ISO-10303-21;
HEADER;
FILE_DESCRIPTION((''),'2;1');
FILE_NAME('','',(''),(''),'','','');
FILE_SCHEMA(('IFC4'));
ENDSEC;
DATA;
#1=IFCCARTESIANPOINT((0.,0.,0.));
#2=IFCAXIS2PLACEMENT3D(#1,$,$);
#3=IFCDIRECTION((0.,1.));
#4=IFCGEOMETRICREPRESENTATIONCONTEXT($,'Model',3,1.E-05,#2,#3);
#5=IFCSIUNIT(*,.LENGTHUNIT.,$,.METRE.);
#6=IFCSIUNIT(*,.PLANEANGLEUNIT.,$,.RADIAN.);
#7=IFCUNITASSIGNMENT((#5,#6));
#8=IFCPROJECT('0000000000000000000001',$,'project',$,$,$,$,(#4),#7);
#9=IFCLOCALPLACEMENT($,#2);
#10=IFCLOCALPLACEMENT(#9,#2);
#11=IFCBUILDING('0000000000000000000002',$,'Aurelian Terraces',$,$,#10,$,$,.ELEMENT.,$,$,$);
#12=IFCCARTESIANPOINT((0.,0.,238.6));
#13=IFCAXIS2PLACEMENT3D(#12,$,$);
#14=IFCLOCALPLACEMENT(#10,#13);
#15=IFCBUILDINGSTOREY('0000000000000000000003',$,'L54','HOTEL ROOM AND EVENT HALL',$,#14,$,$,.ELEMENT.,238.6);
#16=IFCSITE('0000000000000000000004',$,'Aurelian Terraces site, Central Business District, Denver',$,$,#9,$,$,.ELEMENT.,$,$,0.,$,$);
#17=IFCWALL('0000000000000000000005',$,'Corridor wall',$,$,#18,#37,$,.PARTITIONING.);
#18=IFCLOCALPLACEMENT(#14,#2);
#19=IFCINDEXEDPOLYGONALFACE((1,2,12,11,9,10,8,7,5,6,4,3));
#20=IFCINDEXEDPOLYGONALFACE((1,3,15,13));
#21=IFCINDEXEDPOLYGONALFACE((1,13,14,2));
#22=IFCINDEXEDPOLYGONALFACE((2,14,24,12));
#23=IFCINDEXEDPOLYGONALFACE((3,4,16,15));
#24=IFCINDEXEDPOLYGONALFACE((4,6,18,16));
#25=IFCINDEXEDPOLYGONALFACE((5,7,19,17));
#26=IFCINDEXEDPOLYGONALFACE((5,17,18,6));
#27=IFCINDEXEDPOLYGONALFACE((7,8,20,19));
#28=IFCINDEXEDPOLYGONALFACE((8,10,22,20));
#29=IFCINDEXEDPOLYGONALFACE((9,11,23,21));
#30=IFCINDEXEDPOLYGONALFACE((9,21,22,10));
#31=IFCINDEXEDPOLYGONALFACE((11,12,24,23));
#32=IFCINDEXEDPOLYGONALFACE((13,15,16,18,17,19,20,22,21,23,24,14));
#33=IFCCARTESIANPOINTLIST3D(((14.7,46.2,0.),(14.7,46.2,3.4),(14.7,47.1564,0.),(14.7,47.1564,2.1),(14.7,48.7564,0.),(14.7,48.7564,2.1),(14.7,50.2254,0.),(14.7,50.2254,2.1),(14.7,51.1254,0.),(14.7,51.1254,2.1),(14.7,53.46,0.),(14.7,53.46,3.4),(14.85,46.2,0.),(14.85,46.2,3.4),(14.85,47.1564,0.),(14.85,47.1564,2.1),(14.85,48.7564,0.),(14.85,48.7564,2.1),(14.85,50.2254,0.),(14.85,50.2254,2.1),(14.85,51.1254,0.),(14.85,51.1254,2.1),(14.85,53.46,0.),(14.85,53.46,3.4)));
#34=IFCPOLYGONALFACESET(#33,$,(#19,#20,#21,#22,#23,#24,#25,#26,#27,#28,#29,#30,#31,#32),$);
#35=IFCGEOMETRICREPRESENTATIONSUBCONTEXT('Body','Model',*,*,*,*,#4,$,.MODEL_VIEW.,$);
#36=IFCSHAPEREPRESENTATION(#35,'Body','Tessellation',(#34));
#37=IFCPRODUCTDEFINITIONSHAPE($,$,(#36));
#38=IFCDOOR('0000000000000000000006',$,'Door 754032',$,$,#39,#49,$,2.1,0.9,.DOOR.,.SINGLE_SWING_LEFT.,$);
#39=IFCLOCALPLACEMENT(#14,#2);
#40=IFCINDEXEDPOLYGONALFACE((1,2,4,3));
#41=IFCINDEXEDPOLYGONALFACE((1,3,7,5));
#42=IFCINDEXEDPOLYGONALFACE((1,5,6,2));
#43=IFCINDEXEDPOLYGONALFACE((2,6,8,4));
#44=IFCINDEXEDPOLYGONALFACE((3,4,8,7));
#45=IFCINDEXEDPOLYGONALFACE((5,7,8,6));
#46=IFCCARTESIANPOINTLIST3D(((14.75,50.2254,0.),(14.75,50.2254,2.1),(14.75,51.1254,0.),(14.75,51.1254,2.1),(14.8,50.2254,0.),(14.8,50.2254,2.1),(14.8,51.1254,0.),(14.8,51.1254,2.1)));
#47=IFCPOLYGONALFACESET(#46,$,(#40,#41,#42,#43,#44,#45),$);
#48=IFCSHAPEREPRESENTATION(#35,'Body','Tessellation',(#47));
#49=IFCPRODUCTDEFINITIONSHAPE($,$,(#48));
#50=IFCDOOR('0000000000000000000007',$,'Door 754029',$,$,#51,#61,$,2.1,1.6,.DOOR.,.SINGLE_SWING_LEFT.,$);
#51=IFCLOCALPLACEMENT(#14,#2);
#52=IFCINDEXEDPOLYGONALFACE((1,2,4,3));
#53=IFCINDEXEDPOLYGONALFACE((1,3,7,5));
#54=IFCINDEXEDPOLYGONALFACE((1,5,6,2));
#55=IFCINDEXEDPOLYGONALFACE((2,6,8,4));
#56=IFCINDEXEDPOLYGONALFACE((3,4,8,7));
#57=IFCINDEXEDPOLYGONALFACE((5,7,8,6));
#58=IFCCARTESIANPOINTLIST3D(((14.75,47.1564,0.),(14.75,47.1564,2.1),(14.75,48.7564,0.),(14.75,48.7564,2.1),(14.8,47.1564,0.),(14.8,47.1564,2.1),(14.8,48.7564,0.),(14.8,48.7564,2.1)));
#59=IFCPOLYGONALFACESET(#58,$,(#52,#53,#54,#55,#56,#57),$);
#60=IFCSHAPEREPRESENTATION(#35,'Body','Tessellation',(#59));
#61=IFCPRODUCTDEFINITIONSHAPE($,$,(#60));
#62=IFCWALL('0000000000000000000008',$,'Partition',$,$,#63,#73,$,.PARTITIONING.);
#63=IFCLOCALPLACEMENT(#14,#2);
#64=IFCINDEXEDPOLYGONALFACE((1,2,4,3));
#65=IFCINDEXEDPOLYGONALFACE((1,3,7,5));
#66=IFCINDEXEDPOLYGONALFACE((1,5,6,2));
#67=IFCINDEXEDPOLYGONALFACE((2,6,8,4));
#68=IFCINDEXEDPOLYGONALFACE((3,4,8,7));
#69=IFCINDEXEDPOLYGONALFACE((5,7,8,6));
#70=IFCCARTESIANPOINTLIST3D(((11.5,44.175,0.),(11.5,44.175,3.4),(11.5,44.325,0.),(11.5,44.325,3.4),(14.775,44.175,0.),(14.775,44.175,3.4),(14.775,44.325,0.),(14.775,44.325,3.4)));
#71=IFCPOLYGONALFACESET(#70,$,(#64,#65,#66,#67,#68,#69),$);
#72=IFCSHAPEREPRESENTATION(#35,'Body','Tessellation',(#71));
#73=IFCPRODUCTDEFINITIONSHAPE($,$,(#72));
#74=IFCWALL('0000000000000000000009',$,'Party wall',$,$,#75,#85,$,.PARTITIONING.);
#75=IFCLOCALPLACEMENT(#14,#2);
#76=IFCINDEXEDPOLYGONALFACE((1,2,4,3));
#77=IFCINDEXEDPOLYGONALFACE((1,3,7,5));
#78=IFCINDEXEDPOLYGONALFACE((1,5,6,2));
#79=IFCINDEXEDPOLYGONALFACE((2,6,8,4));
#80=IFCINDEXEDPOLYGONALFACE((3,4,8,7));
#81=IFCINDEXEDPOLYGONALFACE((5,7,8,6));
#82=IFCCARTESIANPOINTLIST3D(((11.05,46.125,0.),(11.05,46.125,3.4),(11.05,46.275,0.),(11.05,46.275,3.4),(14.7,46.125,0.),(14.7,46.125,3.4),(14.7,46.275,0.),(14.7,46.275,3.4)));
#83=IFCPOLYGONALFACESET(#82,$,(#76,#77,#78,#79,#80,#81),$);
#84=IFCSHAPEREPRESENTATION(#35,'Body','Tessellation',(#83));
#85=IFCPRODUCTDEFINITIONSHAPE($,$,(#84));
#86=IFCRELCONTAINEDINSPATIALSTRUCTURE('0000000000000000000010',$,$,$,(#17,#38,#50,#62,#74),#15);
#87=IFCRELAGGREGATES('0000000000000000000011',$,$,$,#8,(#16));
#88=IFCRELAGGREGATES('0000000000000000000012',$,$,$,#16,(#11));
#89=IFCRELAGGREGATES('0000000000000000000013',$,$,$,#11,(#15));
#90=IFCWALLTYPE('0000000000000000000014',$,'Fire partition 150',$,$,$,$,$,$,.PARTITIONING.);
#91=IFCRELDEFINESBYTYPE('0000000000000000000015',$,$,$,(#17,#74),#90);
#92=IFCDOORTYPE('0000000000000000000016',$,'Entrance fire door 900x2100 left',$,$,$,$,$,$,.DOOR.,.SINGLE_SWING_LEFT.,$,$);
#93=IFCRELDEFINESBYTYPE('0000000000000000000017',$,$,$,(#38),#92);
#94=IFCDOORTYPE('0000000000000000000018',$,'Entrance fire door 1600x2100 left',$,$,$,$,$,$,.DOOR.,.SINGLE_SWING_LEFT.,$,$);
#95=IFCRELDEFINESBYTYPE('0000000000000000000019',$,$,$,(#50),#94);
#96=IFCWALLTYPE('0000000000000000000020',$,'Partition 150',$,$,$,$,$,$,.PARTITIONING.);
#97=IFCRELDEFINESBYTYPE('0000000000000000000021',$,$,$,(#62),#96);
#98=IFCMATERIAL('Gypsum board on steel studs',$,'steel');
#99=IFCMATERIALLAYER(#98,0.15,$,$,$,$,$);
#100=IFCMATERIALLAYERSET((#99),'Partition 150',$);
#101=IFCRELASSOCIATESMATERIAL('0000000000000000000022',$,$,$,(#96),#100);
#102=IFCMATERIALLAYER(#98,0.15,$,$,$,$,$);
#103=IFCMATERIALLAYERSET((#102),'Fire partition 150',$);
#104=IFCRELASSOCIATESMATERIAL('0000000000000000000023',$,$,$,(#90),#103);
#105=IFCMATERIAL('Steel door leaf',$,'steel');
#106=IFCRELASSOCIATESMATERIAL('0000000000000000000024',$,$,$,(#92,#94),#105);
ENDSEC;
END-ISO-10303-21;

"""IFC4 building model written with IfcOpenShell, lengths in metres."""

from ifc_helpers import new_model, si_unit, direction, frame, frame_2d, origin, place, context, subcontext, project, spatial, rectangle, extrude, source, transform, mapped, material, layer, layer_set, type_object, element, fill, save


model = new_model("IFC4")

# Units and contexts
model_context = context("Model", 3, precision=1e-05, world=origin(), true_north=direction((0.0, 1.0)))
body_context = subcontext(model_context, "Body", "Model", "MODEL_VIEW")
ifc_project = project(units=[si_unit("LENGTHUNIT", "METRE"), si_unit("PLANEANGLEUNIT", "RADIAN")], contexts=[model_context])

# Site, building, storey
site_placement = place(None, origin())
site = spatial("IfcSite", under=ifc_project, at=site_placement, Name="Aurelian Terraces site, Central Business District, Denver", CompositionType="ELEMENT", RefElevation=0.0)
building_placement = place(site_placement, origin())
building = spatial("IfcBuilding", under=site, at=building_placement, Name="Aurelian Terraces", CompositionType="ELEMENT")
storey_placement = place(building_placement, frame((0.0, 0.0, 238.6)))
storey = spatial("IfcBuildingStorey", under=building, at=storey_placement, Name="L54", Description="HOTEL ROOM AND EVENT HALL", CompositionType="ELEMENT", Elevation=238.6)

# Shared definitions
ifc_material_1 = material(Name="Gypsum board on steel studs", Category="steel")
ifc_layer_1 = layer(ifc_material_1, 0.15)
ifc_layer_set_1 = layer_set([ifc_layer_1], Name="Partition 150")
wall_type_1 = type_object("IfcWallType", Name="Partition 150", PredefinedType="PARTITIONING", material=ifc_layer_set_1)
shared_shape_1 = source(origin(), body_context, "Body", "SweptSolid", [
    extrude(rectangle(XDim=0.9, YDim=2.1, at=frame_2d((0.45, 1.05))), frame((0.0, 0.085, 0.0), z_axis=(0.0, -1.0, 0.0), x_axis=(1.0, 0.0, 0.0)), (0.0, 0.0, 1.0), 0.17),
])
shared_shape_2 = source(origin(), body_context, "Body", "SweptSolid", [
    extrude(rectangle(XDim=0.9, YDim=2.1, at=frame_2d((0.45, 1.05))), frame((0.0, 0.025, 0.0), z_axis=(0.0, -1.0, 0.0), x_axis=(1.0, 0.0, 0.0)), (0.0, 0.0, 1.0), 0.05),
])

# Shared definitions
ifc_layer_2 = layer(ifc_material_1, 0.15)
ifc_layer_set_2 = layer_set([ifc_layer_2], Name="Fire partition 150")
wall_type_2 = type_object("IfcWallType", Name="Fire partition 150", PredefinedType="PARTITIONING", material=ifc_layer_set_2)

# Wall, openings, doors
shared_shape_3 = source(origin(), body_context, "Body", "SweptSolid", [
    extrude(rectangle(XDim=7.26, YDim=0.15, at=frame_2d((3.63, 0.0))), origin(), (0.0, 0.0, 1.0), 3.4),
])
wall_1_placement = place(storey_placement, frame((14.775, 46.2, 0.0), z_axis=(0.0, 0.0, 1.0), x_axis=(0.0, 1.0, 0.0)))
wall_1 = element("IfcWall", 1, at=wall_1_placement, inside=storey, type_object=wall_type_2, Name="Corridor wall", PredefinedType="PARTITIONING", context=body_context, shape_type="MappedRepresentation", body=[
    mapped(shared_shape_3, transform((0.0, 0.0, 0.0), scale=1.0)),
])
shared_shape_4 = source(origin(), body_context, "Body", "SweptSolid", [
    extrude(rectangle(XDim=1.6, YDim=2.1, at=frame_2d((0.8, 1.05))), frame((0.0, 0.085, 0.0), z_axis=(0.0, -1.0, 0.0), x_axis=(1.0, 0.0, 0.0)), (0.0, 0.0, 1.0), 0.17),
])
opening_1_placement = place(wall_1_placement, frame((0.9564, 0.0, 0.0)))
opening_1 = element("IfcOpeningElement", 2, at=opening_1_placement, cuts=wall_1, PredefinedType="OPENING", context=body_context, shape_type="MappedRepresentation", body=[
    mapped(shared_shape_4, transform((0.0, 0.0, 0.0), scale=1.0)),
])
opening_2_placement = place(wall_1_placement, frame((4.0254, 0.0, 0.0)))
opening_2 = element("IfcOpeningElement", 3, at=opening_2_placement, cuts=wall_1, PredefinedType="OPENING", context=body_context, shape_type="MappedRepresentation", body=[
    mapped(shared_shape_1, transform((0.0, 0.0, 0.0), scale=1.0)),
])
ifc_material_2 = material(Name="Steel door leaf", Category="steel")
door_type_1 = type_object("IfcDoorType", Name="Entrance fire door 900x2100 left", OperationType="SINGLE_SWING_LEFT", PredefinedType="DOOR", material=ifc_material_2)
door_1_placement = place(opening_2_placement, origin())
door_1 = element("IfcDoor", 4, at=door_1_placement, inside=storey, type_object=door_type_1, Name="Door 754032", OperationType="SINGLE_SWING_LEFT", OverallHeight=2.1, OverallWidth=0.9, PredefinedType="DOOR", context=body_context, shape_type="MappedRepresentation", body=[
    mapped(shared_shape_2, transform((0.0, 0.0, 0.0), scale=1.0)),
])
fill(opening_2, door_1)
door_type_2 = type_object("IfcDoorType", Name="Entrance fire door 1600x2100 left", OperationType="SINGLE_SWING_LEFT", PredefinedType="DOOR", material=ifc_material_2)
shared_shape_5 = source(origin(), body_context, "Body", "SweptSolid", [
    extrude(rectangle(XDim=1.6, YDim=2.1, at=frame_2d((0.8, 1.05))), frame((0.0, 0.025, 0.0), z_axis=(0.0, -1.0, 0.0), x_axis=(1.0, 0.0, 0.0)), (0.0, 0.0, 1.0), 0.05),
])
door_2_placement = place(opening_1_placement, origin())
door_2 = element("IfcDoor", 5, at=door_2_placement, inside=storey, type_object=door_type_2, Name="Door 754029", OperationType="SINGLE_SWING_LEFT", OverallHeight=2.1, OverallWidth=1.6, PredefinedType="DOOR", context=body_context, shape_type="MappedRepresentation", body=[
    mapped(shared_shape_5, transform((0.0, 0.0, 0.0), scale=1.0)),
])
fill(opening_1, door_2)

# Walls
shared_shape_6 = source(origin(), body_context, "Body", "SweptSolid", [
    extrude(rectangle(XDim=3.275, YDim=0.15, at=frame_2d((1.6375, 0.0))), origin(), (0.0, 0.0, 1.0), 3.4),
])
wall_2_placement = place(storey_placement, frame((14.775, 44.25, 0.0), z_axis=(0.0, 0.0, 1.0), x_axis=(-1.0, 0.0, 0.0)))
element("IfcWall", 6, at=wall_2_placement, inside=storey, type_object=wall_type_1, Name="Partition", PredefinedType="PARTITIONING", context=body_context, shape_type="MappedRepresentation", body=[
    mapped(shared_shape_6, transform((0.0, 0.0, 0.0), scale=1.0)),
])
shared_shape_7 = source(origin(), body_context, "Body", "SweptSolid", [
    extrude(rectangle(XDim=3.65, YDim=0.15, at=frame_2d((1.825, 0.0))), origin(), (0.0, 0.0, 1.0), 3.4),
])
wall_3_placement = place(storey_placement, frame((14.7, 46.2, 0.0), z_axis=(0.0, 0.0, 1.0), x_axis=(-1.0, 0.0, 0.0)))
element("IfcWall", 7, at=wall_3_placement, inside=storey, type_object=wall_type_2, Name="Party wall", PredefinedType="PARTITIONING", context=body_context, shape_type="MappedRepresentation", body=[
    mapped(shared_shape_7, transform((0.0, 0.0, 0.0), scale=1.0)),
])

save(model, "model.ifc")
